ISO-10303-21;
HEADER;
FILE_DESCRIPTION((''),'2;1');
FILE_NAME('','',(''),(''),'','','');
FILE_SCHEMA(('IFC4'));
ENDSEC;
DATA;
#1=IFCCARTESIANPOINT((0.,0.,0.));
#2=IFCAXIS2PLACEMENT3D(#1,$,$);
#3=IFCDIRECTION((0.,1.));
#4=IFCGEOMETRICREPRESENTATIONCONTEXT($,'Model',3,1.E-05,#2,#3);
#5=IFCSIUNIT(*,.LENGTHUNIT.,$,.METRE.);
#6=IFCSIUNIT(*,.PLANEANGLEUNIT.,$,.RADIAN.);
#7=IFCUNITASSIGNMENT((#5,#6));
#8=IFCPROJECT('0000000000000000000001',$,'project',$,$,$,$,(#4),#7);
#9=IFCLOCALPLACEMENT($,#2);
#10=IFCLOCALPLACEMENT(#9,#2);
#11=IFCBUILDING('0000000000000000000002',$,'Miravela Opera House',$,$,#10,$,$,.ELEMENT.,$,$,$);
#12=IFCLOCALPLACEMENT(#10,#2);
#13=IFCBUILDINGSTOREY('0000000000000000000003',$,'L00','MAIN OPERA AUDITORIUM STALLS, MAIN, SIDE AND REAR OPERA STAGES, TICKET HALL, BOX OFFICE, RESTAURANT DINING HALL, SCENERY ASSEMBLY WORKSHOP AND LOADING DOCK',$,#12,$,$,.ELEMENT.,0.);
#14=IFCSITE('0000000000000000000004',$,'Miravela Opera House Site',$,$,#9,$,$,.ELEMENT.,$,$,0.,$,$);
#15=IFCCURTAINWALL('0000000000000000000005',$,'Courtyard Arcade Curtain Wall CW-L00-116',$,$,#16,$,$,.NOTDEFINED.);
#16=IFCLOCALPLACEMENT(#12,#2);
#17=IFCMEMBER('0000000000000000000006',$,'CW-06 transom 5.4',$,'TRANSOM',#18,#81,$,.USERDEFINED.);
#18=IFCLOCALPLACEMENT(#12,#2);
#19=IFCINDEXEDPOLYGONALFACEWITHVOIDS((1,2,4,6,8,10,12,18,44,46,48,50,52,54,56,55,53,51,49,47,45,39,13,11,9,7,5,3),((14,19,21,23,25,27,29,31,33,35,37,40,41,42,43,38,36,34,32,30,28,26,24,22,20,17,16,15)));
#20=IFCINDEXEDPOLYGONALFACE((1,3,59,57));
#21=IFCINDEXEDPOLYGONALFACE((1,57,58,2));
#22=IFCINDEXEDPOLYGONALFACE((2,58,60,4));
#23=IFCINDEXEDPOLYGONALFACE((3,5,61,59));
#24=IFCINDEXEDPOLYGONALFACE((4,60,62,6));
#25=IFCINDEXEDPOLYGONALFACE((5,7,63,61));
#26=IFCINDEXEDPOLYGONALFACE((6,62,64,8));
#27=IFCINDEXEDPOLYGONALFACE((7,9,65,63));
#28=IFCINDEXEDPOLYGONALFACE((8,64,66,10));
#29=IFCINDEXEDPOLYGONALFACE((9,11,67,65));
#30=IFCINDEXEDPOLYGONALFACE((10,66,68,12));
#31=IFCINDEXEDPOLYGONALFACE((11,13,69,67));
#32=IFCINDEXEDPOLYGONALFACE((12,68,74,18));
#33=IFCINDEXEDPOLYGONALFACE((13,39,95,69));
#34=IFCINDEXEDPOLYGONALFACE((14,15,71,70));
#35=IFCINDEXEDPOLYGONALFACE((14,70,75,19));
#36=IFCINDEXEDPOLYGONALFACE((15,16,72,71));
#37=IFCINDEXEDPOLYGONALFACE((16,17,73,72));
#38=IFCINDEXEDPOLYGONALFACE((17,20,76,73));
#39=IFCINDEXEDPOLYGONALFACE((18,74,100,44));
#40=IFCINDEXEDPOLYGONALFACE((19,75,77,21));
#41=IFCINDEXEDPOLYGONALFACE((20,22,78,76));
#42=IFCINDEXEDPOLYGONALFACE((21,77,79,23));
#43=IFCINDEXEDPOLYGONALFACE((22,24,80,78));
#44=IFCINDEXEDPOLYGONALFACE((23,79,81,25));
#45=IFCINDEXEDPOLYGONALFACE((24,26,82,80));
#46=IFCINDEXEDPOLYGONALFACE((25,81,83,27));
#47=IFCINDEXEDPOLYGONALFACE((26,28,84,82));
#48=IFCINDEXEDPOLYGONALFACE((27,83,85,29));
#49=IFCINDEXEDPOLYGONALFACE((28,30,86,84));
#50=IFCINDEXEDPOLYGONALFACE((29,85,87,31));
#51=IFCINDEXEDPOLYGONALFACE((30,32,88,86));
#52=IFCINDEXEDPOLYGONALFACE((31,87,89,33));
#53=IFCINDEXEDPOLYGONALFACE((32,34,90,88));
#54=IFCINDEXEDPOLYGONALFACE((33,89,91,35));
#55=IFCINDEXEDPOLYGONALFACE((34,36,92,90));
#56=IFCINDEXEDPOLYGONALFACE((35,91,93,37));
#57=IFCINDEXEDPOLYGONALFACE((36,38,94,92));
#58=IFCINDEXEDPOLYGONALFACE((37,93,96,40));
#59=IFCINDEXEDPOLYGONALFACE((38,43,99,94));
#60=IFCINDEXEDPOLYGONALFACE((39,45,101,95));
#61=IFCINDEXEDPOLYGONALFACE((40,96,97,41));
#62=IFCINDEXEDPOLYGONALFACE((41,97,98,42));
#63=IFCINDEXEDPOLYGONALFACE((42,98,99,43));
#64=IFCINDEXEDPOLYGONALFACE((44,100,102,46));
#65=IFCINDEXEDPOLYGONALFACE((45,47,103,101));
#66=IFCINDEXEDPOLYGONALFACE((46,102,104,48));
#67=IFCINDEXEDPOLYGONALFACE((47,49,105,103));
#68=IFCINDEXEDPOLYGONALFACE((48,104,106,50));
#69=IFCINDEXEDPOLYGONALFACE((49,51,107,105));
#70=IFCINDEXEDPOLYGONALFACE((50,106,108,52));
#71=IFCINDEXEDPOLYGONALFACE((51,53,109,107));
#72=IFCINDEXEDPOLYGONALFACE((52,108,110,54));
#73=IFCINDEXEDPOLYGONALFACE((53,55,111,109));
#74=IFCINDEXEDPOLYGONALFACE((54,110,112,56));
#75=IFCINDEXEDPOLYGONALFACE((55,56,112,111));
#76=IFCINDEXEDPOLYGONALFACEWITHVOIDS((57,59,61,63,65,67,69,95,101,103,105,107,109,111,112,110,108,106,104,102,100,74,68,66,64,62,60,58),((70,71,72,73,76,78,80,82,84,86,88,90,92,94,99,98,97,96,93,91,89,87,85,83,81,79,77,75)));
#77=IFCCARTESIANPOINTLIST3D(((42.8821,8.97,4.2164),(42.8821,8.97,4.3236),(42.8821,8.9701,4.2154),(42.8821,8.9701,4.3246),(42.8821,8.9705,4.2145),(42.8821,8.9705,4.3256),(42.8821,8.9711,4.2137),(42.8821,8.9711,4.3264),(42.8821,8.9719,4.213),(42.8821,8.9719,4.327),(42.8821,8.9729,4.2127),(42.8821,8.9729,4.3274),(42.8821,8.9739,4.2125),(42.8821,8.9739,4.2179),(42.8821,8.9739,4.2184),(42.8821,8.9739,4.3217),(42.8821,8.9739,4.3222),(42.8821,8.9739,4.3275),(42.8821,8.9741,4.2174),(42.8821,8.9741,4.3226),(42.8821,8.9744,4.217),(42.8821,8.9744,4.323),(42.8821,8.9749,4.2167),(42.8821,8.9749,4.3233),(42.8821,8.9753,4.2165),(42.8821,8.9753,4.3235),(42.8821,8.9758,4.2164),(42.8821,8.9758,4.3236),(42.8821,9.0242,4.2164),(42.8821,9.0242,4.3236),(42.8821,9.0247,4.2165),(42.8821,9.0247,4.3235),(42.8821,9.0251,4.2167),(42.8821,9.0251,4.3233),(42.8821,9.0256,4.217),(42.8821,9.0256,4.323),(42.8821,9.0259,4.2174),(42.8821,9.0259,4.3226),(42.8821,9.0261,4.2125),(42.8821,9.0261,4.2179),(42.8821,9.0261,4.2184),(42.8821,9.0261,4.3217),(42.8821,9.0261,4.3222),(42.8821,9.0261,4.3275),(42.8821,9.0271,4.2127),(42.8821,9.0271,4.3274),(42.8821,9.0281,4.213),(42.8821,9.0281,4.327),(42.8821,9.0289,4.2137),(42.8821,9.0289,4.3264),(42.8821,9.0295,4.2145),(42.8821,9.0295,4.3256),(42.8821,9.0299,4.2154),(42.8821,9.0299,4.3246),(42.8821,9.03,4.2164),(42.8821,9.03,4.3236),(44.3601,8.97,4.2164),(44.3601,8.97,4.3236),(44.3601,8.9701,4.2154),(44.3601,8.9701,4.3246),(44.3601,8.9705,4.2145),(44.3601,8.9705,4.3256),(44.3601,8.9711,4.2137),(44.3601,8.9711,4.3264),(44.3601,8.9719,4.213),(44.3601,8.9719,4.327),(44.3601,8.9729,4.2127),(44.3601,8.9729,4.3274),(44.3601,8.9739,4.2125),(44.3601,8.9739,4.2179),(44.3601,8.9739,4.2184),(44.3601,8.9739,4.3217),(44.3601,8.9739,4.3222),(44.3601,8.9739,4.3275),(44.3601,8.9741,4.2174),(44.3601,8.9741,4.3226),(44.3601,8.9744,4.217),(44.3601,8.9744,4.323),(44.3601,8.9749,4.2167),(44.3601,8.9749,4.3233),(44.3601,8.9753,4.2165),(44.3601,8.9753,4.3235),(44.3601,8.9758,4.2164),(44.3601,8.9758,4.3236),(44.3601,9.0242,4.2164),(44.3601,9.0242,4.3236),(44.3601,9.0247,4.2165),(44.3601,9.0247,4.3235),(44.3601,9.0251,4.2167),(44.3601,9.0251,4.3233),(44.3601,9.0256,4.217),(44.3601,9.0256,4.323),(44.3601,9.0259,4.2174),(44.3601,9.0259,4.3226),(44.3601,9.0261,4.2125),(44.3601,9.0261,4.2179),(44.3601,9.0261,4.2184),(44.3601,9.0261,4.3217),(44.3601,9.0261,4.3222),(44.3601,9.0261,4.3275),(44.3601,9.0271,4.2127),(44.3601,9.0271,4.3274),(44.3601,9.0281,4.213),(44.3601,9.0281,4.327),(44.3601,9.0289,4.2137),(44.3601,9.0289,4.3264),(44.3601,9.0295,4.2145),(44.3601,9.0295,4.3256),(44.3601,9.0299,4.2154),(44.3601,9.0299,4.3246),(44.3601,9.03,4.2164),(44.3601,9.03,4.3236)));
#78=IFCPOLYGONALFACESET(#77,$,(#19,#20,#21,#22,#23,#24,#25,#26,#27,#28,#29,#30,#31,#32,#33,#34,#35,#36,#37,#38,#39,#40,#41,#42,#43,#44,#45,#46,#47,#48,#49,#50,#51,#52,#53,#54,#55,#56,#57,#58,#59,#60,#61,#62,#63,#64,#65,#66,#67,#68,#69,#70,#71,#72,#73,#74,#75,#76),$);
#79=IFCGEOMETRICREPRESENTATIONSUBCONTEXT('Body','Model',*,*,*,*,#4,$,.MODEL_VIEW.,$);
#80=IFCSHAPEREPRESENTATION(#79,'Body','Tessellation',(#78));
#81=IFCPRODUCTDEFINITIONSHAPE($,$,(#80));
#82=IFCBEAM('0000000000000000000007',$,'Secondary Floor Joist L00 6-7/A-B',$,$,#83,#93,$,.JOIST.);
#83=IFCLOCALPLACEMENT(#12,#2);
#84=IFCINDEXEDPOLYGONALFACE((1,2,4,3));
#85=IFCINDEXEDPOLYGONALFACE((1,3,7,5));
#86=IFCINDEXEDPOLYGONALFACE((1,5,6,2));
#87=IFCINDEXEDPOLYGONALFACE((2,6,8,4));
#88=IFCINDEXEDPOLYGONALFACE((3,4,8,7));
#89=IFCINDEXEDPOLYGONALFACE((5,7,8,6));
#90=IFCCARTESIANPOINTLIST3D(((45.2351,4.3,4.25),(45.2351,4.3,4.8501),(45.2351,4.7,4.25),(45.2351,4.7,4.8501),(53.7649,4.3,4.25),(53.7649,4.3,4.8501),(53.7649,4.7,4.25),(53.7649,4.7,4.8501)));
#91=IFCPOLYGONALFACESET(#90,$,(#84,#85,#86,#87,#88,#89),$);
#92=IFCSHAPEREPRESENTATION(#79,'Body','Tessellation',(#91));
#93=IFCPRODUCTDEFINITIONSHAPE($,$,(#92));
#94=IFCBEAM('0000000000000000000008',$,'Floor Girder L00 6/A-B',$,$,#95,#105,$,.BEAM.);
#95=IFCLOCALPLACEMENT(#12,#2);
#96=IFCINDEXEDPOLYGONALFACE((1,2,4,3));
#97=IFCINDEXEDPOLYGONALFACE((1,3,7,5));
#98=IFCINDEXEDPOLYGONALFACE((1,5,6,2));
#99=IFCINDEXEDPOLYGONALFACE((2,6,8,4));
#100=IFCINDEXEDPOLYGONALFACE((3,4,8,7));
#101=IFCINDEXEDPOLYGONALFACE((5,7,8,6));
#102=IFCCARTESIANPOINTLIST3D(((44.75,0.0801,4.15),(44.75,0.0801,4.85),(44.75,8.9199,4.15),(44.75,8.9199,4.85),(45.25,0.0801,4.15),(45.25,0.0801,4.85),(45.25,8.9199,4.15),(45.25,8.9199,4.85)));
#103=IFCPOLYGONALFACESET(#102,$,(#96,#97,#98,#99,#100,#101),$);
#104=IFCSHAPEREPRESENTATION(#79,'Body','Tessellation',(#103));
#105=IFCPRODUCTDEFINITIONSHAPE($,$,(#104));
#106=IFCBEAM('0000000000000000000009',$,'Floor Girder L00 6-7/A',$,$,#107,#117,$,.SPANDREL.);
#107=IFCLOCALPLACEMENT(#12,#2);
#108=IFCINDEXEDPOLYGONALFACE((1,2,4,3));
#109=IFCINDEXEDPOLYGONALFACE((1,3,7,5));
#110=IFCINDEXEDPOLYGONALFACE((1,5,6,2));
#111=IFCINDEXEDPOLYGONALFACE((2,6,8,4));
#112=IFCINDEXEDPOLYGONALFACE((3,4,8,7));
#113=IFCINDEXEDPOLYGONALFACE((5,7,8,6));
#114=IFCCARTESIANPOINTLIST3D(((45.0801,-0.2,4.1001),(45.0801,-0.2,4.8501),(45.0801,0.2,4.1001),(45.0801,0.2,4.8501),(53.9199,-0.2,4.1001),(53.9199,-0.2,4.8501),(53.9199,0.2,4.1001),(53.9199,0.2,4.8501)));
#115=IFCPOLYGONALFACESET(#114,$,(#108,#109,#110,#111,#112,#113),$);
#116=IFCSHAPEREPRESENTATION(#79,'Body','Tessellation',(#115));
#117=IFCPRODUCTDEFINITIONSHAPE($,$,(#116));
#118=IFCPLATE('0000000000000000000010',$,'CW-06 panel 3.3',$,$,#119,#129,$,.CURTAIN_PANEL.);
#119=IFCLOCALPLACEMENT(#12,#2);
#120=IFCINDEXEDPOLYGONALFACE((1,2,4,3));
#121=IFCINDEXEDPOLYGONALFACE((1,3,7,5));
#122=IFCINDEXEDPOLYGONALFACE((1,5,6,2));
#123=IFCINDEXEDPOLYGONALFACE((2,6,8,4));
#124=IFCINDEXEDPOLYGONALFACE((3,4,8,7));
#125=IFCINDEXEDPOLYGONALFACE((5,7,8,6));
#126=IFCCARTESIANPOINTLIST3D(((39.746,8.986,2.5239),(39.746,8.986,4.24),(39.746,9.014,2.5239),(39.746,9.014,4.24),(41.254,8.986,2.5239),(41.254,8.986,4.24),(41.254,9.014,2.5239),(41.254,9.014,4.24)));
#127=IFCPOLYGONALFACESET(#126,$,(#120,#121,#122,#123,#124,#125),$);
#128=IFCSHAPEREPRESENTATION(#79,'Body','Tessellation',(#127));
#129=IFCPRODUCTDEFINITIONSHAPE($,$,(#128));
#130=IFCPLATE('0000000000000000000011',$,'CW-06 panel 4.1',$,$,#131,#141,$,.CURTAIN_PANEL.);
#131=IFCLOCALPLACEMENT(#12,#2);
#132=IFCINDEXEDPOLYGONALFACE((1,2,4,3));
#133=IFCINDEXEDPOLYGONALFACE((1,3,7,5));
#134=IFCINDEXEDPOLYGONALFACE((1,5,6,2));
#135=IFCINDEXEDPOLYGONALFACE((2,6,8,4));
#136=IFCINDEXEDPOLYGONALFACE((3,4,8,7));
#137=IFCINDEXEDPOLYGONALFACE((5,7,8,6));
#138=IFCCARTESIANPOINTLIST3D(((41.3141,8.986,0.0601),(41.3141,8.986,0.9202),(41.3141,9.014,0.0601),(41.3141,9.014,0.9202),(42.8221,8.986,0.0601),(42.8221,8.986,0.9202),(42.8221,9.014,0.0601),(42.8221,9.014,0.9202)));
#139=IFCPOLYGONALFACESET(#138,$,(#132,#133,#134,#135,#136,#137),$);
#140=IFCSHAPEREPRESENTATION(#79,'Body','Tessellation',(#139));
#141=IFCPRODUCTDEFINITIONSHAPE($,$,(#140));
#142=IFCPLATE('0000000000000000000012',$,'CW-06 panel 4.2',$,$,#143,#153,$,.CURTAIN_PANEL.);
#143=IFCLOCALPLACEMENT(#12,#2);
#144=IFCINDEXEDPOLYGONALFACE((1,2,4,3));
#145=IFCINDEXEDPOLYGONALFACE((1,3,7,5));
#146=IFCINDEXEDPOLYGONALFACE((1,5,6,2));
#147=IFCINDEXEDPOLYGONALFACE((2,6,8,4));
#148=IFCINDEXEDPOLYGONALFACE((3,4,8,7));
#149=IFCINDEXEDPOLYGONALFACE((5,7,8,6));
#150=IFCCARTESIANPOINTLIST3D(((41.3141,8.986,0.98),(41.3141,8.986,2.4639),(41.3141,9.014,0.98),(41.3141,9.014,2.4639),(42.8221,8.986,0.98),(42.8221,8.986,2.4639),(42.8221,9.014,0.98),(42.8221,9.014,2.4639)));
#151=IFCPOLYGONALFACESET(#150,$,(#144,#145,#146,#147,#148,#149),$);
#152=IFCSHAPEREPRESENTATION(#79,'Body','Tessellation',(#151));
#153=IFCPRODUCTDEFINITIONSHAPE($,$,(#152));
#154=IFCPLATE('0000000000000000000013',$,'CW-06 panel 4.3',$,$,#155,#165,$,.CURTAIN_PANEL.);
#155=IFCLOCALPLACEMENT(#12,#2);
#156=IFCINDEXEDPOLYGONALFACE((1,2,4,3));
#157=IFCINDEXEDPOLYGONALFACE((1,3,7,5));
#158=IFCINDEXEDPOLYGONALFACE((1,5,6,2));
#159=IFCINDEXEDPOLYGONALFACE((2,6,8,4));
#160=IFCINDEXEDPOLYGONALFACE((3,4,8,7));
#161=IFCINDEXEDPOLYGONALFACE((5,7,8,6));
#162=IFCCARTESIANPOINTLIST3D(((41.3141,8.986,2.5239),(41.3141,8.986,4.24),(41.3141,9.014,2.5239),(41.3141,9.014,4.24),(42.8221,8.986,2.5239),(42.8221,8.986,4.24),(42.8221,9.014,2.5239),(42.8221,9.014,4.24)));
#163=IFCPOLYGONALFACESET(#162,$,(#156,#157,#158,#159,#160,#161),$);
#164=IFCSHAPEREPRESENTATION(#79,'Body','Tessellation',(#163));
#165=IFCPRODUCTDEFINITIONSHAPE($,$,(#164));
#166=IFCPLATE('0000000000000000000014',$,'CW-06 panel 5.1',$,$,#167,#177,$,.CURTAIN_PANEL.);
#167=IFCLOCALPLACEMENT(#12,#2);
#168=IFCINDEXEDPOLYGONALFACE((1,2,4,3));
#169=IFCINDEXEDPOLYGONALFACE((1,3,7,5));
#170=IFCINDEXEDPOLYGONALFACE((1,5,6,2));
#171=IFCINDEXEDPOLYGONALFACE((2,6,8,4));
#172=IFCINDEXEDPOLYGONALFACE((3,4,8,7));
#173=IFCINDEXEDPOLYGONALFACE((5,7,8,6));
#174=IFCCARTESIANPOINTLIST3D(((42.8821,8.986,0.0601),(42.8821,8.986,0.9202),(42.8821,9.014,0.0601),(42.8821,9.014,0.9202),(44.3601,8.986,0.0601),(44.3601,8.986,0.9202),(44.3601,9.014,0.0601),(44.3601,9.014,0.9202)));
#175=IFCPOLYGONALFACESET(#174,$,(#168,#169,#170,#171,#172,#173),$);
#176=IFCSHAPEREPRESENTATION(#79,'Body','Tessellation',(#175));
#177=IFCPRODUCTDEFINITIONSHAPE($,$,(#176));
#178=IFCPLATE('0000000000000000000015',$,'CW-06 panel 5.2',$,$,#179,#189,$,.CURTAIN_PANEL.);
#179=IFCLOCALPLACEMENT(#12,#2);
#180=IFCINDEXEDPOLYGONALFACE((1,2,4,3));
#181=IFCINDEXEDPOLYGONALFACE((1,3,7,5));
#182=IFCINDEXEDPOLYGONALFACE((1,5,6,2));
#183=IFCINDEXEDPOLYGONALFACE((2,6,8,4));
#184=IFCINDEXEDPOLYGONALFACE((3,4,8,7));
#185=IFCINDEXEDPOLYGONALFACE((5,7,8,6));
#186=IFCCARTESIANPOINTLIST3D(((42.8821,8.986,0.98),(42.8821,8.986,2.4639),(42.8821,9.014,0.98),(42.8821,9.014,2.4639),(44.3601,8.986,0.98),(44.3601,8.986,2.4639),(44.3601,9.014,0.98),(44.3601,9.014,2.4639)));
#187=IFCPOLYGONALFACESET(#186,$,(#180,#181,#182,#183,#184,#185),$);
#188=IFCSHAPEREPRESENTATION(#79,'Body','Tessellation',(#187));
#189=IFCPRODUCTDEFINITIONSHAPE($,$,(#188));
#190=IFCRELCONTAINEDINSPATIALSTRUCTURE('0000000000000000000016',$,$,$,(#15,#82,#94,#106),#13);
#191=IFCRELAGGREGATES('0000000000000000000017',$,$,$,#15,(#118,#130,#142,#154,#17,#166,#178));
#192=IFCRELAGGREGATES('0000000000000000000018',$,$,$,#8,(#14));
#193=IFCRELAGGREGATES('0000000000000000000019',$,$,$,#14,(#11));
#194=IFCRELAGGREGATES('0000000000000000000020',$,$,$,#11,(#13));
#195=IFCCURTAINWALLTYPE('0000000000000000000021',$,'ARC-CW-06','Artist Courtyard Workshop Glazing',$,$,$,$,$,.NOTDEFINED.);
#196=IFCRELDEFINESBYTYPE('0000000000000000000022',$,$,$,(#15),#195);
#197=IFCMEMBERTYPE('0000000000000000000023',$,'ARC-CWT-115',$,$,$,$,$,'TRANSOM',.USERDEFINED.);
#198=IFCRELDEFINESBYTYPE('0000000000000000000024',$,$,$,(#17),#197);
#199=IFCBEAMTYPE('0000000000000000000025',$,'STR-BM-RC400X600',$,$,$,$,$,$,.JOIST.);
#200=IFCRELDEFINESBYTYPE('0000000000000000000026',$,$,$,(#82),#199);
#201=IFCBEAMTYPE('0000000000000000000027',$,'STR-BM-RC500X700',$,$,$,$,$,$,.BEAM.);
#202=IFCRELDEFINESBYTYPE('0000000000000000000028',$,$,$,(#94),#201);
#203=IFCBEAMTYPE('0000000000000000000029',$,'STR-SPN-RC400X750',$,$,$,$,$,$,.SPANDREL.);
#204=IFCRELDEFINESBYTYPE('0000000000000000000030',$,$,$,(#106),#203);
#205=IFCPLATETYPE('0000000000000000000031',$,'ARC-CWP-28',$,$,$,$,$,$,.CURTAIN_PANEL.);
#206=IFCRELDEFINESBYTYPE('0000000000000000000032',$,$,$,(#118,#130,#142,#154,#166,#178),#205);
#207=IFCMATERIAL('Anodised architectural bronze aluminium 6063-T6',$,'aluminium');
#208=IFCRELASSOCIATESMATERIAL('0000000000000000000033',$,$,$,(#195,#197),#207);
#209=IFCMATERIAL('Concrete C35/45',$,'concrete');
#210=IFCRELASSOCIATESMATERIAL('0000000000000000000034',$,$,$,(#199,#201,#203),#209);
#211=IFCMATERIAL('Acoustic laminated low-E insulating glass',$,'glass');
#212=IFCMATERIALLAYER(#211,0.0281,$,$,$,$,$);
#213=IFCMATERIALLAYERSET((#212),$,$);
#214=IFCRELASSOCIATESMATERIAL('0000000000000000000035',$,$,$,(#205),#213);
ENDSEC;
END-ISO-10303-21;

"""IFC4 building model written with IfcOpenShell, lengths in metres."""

from ifc_helpers import new_model, si_unit, direction, frame, origin, origin_2d, place, context, subcontext, project, spatial, rectangle, hollow_rectangle, extrude, material, layer, layer_set, material_profile, profile_set, type_object, element, aggregate, save


model = new_model("IFC4")

# Units and contexts
model_context = context("Model", 3, precision=1e-05, world=origin(), true_north=direction((0.0, 1.0)))
body_context = subcontext(model_context, "Body", "Model", "MODEL_VIEW")
ifc_project = project(units=[si_unit("LENGTHUNIT", "METRE"), si_unit("PLANEANGLEUNIT", "RADIAN")], contexts=[model_context])

# Site, building, storey
site_placement = place(None, origin())
site = spatial("IfcSite", under=ifc_project, at=site_placement, Name="Miravela Opera House Site", CompositionType="ELEMENT", RefElevation=0.0)
building_placement = place(site_placement, origin())
building = spatial("IfcBuilding", under=site, at=building_placement, Name="Miravela Opera House", CompositionType="ELEMENT")
storey_placement = place(building_placement, origin())
storey = spatial("IfcBuildingStorey", under=building, at=storey_placement, Name="L00", Description="MAIN OPERA AUDITORIUM STALLS, MAIN, SIDE AND REAR OPERA STAGES, TICKET HALL, BOX OFFICE, RESTAURANT DINING HALL, SCENERY ASSEMBLY WORKSHOP AND LOADING DOCK", CompositionType="ELEMENT", Elevation=0.0)

# Shared definitions
ifc_material_1 = material(Name="Concrete C35/45", Category="concrete")

# Curtain wall, member
ifc_material_2 = material(Name="Anodised architectural bronze aluminium 6063-T6", Category="aluminium")
curtain_wall_type = type_object("IfcCurtainWallType", Name="ARC-CW-06", Description="Artist Courtyard Workshop Glazing", PredefinedType="NOTDEFINED", material=ifc_material_2)
curtain_wall_placement = place(storey_placement, origin())
curtain_wall = element("IfcCurtainWall", 1, at=curtain_wall_placement, inside=storey, type_object=curtain_wall_type, Name="Courtyard Arcade Curtain Wall CW-L00-116", PredefinedType="NOTDEFINED")
ifc_material_profile_1 = material_profile(ifc_material_2, hollow_rectangle(XDim=0.0601, YDim=0.115, WallThickness=0.0039, InnerFilletRadius=0.002, OuterFilletRadius=0.0039, at=origin_2d()), Name="CWT-60X115")
ifc_profile_set_1 = profile_set([ifc_material_profile_1])
member_type_1 = type_object("IfcMemberType", Name="ARC-CWT-115", ElementType="TRANSOM", PredefinedType="USERDEFINED", material=ifc_profile_set_1)
member_1_placement = place(storey_placement, frame((42.8821, 9.0, 4.27), z_axis=(1.0, 0.0, 0.0), x_axis=(0.0, 1.0, 0.0)))
member_1 = element("IfcMember", 2, at=member_1_placement, type_object=member_type_1, Name="CW-06 transom 5.4", ObjectType="TRANSOM", PredefinedType="USERDEFINED", context=body_context, shape_type="SweptSolid", body=[
    extrude(hollow_rectangle(XDim=0.0601, YDim=0.115, WallThickness=0.0039, InnerFilletRadius=0.002, OuterFilletRadius=0.0039, at=origin_2d()), origin(), (0.0, 0.0, 1.0), 1.478),
])

# Beams
ifc_material_profile_2 = material_profile(ifc_material_1, rectangle(XDim=0.3999, YDim=0.6001, at=origin_2d()), Name="RC-BM-400X600")
ifc_profile_set_2 = profile_set([ifc_material_profile_2])
beam_type_1 = type_object("IfcBeamType", Name="STR-BM-RC400X600", PredefinedType="JOIST", material=ifc_profile_set_2)
beam_1_placement = place(storey_placement, frame((45.2351, 4.5, 4.55), z_axis=(1.0, 0.0, 0.0), x_axis=(0.0, 1.0, 0.0)))
element("IfcBeam", 3, at=beam_1_placement, inside=storey, type_object=beam_type_1, Name="Secondary Floor Joist L00 6-7/A-B", PredefinedType="JOIST", context=body_context, shape_type="SweptSolid", body=[
    extrude(rectangle(XDim=0.3999, YDim=0.6001, at=origin_2d()), origin(), (0.0, 0.0, 1.0), 8.5298),
])
ifc_material_profile_3 = material_profile(ifc_material_1, rectangle(XDim=0.5, YDim=0.7, at=origin_2d()), Name="RC-BM-500X700")
ifc_profile_set_3 = profile_set([ifc_material_profile_3])
beam_type_2 = type_object("IfcBeamType", Name="STR-BM-RC500X700", PredefinedType="BEAM", material=ifc_profile_set_3)
beam_2_placement = place(storey_placement, frame((45.0, 0.0801, 4.5), z_axis=(0.0, 1.0, 0.0), x_axis=(-1.0, 0.0, 0.0)))
element("IfcBeam", 4, at=beam_2_placement, inside=storey, type_object=beam_type_2, Name="Floor Girder L00 6/A-B", PredefinedType="BEAM", context=body_context, shape_type="SweptSolid", body=[
    extrude(rectangle(XDim=0.5, YDim=0.7, at=origin_2d()), origin(), (0.0, 0.0, 1.0), 8.8398),
])
ifc_material_profile_4 = material_profile(ifc_material_1, rectangle(XDim=0.3999, YDim=0.75, at=origin_2d()), Name="RC-SPN-400X750")
ifc_profile_set_4 = profile_set([ifc_material_profile_4])
beam_type_3 = type_object("IfcBeamType", Name="STR-SPN-RC400X750", PredefinedType="SPANDREL", material=ifc_profile_set_4)
beam_3_placement = place(storey_placement, frame((45.0801, 0.0, 4.4751), z_axis=(1.0, 0.0, 0.0), x_axis=(0.0, 1.0, 0.0)))
element("IfcBeam", 5, at=beam_3_placement, inside=storey, type_object=beam_type_3, Name="Floor Girder L00 6-7/A", PredefinedType="SPANDREL", context=body_context, shape_type="SweptSolid", body=[
    extrude(rectangle(XDim=0.3999, YDim=0.75, at=origin_2d()), origin(), (0.0, 0.0, 1.0), 8.8398),
])

# Plates
ifc_material_3 = material(Name="Acoustic laminated low-E insulating glass", Category="glass")
ifc_layer = layer(ifc_material_3, 0.0281)
ifc_layer_set = layer_set([ifc_layer])
plate_type = type_object("IfcPlateType", Name="ARC-CWP-28", PredefinedType="CURTAIN_PANEL", material=ifc_layer_set)
plate_1_placement = place(storey_placement, frame((40.5, 9.0, 2.5239), z_axis=(0.0, 0.0, 1.0), x_axis=(1.0, 0.0, 0.0)))
plate_1 = element("IfcPlate", 6, at=plate_1_placement, type_object=plate_type, Name="CW-06 panel 3.3", PredefinedType="CURTAIN_PANEL", context=body_context, shape_type="SweptSolid", body=[
    extrude(rectangle(XDim=1.5081, YDim=0.0281, at=origin_2d()), origin(), (0.0, 0.0, 1.0), 1.7161),
])
plate_2_placement = place(storey_placement, frame((42.0681, 9.0, 0.0601), z_axis=(0.0, 0.0, 1.0), x_axis=(1.0, 0.0, 0.0)))
plate_2 = element("IfcPlate", 7, at=plate_2_placement, type_object=plate_type, Name="CW-06 panel 4.1", PredefinedType="CURTAIN_PANEL", context=body_context, shape_type="SweptSolid", body=[
    extrude(rectangle(XDim=1.5081, YDim=0.0281, at=origin_2d()), origin(), (0.0, 0.0, 1.0), 0.8601),
])
plate_3_placement = place(storey_placement, frame((42.0681, 9.0, 0.98), z_axis=(0.0, 0.0, 1.0), x_axis=(1.0, 0.0, 0.0)))
plate_3 = element("IfcPlate", 8, at=plate_3_placement, type_object=plate_type, Name="CW-06 panel 4.2", PredefinedType="CURTAIN_PANEL", context=body_context, shape_type="SweptSolid", body=[
    extrude(rectangle(XDim=1.5081, YDim=0.0281, at=origin_2d()), origin(), (0.0, 0.0, 1.0), 1.4839),
])
plate_4_placement = place(storey_placement, frame((42.0681, 9.0, 2.5239), z_axis=(0.0, 0.0, 1.0), x_axis=(1.0, 0.0, 0.0)))
plate_4 = element("IfcPlate", 9, at=plate_4_placement, type_object=plate_type, Name="CW-06 panel 4.3", PredefinedType="CURTAIN_PANEL", context=body_context, shape_type="SweptSolid", body=[
    extrude(rectangle(XDim=1.5081, YDim=0.0281, at=origin_2d()), origin(), (0.0, 0.0, 1.0), 1.7161),
])
plate_5_placement = place(storey_placement, frame((43.6211, 9.0, 0.0601), z_axis=(0.0, 0.0, 1.0), x_axis=(1.0, 0.0, 0.0)))
plate_5 = element("IfcPlate", 10, at=plate_5_placement, type_object=plate_type, Name="CW-06 panel 5.1", PredefinedType="CURTAIN_PANEL", context=body_context, shape_type="SweptSolid", body=[
    extrude(rectangle(XDim=1.478, YDim=0.0281, at=origin_2d()), origin(), (0.0, 0.0, 1.0), 0.8601),
])
plate_6_placement = place(storey_placement, frame((43.6211, 9.0, 0.98), z_axis=(0.0, 0.0, 1.0), x_axis=(1.0, 0.0, 0.0)))
plate_6 = element("IfcPlate", 11, at=plate_6_placement, type_object=plate_type, Name="CW-06 panel 5.2", PredefinedType="CURTAIN_PANEL", context=body_context, shape_type="SweptSolid", body=[
    extrude(rectangle(XDim=1.478, YDim=0.0281, at=origin_2d()), origin(), (0.0, 0.0, 1.0), 1.4839),
])
aggregate(curtain_wall, [plate_1, plate_2, plate_3, plate_4, member_1, plate_5, plate_6])

save(model, "model.ifc")
